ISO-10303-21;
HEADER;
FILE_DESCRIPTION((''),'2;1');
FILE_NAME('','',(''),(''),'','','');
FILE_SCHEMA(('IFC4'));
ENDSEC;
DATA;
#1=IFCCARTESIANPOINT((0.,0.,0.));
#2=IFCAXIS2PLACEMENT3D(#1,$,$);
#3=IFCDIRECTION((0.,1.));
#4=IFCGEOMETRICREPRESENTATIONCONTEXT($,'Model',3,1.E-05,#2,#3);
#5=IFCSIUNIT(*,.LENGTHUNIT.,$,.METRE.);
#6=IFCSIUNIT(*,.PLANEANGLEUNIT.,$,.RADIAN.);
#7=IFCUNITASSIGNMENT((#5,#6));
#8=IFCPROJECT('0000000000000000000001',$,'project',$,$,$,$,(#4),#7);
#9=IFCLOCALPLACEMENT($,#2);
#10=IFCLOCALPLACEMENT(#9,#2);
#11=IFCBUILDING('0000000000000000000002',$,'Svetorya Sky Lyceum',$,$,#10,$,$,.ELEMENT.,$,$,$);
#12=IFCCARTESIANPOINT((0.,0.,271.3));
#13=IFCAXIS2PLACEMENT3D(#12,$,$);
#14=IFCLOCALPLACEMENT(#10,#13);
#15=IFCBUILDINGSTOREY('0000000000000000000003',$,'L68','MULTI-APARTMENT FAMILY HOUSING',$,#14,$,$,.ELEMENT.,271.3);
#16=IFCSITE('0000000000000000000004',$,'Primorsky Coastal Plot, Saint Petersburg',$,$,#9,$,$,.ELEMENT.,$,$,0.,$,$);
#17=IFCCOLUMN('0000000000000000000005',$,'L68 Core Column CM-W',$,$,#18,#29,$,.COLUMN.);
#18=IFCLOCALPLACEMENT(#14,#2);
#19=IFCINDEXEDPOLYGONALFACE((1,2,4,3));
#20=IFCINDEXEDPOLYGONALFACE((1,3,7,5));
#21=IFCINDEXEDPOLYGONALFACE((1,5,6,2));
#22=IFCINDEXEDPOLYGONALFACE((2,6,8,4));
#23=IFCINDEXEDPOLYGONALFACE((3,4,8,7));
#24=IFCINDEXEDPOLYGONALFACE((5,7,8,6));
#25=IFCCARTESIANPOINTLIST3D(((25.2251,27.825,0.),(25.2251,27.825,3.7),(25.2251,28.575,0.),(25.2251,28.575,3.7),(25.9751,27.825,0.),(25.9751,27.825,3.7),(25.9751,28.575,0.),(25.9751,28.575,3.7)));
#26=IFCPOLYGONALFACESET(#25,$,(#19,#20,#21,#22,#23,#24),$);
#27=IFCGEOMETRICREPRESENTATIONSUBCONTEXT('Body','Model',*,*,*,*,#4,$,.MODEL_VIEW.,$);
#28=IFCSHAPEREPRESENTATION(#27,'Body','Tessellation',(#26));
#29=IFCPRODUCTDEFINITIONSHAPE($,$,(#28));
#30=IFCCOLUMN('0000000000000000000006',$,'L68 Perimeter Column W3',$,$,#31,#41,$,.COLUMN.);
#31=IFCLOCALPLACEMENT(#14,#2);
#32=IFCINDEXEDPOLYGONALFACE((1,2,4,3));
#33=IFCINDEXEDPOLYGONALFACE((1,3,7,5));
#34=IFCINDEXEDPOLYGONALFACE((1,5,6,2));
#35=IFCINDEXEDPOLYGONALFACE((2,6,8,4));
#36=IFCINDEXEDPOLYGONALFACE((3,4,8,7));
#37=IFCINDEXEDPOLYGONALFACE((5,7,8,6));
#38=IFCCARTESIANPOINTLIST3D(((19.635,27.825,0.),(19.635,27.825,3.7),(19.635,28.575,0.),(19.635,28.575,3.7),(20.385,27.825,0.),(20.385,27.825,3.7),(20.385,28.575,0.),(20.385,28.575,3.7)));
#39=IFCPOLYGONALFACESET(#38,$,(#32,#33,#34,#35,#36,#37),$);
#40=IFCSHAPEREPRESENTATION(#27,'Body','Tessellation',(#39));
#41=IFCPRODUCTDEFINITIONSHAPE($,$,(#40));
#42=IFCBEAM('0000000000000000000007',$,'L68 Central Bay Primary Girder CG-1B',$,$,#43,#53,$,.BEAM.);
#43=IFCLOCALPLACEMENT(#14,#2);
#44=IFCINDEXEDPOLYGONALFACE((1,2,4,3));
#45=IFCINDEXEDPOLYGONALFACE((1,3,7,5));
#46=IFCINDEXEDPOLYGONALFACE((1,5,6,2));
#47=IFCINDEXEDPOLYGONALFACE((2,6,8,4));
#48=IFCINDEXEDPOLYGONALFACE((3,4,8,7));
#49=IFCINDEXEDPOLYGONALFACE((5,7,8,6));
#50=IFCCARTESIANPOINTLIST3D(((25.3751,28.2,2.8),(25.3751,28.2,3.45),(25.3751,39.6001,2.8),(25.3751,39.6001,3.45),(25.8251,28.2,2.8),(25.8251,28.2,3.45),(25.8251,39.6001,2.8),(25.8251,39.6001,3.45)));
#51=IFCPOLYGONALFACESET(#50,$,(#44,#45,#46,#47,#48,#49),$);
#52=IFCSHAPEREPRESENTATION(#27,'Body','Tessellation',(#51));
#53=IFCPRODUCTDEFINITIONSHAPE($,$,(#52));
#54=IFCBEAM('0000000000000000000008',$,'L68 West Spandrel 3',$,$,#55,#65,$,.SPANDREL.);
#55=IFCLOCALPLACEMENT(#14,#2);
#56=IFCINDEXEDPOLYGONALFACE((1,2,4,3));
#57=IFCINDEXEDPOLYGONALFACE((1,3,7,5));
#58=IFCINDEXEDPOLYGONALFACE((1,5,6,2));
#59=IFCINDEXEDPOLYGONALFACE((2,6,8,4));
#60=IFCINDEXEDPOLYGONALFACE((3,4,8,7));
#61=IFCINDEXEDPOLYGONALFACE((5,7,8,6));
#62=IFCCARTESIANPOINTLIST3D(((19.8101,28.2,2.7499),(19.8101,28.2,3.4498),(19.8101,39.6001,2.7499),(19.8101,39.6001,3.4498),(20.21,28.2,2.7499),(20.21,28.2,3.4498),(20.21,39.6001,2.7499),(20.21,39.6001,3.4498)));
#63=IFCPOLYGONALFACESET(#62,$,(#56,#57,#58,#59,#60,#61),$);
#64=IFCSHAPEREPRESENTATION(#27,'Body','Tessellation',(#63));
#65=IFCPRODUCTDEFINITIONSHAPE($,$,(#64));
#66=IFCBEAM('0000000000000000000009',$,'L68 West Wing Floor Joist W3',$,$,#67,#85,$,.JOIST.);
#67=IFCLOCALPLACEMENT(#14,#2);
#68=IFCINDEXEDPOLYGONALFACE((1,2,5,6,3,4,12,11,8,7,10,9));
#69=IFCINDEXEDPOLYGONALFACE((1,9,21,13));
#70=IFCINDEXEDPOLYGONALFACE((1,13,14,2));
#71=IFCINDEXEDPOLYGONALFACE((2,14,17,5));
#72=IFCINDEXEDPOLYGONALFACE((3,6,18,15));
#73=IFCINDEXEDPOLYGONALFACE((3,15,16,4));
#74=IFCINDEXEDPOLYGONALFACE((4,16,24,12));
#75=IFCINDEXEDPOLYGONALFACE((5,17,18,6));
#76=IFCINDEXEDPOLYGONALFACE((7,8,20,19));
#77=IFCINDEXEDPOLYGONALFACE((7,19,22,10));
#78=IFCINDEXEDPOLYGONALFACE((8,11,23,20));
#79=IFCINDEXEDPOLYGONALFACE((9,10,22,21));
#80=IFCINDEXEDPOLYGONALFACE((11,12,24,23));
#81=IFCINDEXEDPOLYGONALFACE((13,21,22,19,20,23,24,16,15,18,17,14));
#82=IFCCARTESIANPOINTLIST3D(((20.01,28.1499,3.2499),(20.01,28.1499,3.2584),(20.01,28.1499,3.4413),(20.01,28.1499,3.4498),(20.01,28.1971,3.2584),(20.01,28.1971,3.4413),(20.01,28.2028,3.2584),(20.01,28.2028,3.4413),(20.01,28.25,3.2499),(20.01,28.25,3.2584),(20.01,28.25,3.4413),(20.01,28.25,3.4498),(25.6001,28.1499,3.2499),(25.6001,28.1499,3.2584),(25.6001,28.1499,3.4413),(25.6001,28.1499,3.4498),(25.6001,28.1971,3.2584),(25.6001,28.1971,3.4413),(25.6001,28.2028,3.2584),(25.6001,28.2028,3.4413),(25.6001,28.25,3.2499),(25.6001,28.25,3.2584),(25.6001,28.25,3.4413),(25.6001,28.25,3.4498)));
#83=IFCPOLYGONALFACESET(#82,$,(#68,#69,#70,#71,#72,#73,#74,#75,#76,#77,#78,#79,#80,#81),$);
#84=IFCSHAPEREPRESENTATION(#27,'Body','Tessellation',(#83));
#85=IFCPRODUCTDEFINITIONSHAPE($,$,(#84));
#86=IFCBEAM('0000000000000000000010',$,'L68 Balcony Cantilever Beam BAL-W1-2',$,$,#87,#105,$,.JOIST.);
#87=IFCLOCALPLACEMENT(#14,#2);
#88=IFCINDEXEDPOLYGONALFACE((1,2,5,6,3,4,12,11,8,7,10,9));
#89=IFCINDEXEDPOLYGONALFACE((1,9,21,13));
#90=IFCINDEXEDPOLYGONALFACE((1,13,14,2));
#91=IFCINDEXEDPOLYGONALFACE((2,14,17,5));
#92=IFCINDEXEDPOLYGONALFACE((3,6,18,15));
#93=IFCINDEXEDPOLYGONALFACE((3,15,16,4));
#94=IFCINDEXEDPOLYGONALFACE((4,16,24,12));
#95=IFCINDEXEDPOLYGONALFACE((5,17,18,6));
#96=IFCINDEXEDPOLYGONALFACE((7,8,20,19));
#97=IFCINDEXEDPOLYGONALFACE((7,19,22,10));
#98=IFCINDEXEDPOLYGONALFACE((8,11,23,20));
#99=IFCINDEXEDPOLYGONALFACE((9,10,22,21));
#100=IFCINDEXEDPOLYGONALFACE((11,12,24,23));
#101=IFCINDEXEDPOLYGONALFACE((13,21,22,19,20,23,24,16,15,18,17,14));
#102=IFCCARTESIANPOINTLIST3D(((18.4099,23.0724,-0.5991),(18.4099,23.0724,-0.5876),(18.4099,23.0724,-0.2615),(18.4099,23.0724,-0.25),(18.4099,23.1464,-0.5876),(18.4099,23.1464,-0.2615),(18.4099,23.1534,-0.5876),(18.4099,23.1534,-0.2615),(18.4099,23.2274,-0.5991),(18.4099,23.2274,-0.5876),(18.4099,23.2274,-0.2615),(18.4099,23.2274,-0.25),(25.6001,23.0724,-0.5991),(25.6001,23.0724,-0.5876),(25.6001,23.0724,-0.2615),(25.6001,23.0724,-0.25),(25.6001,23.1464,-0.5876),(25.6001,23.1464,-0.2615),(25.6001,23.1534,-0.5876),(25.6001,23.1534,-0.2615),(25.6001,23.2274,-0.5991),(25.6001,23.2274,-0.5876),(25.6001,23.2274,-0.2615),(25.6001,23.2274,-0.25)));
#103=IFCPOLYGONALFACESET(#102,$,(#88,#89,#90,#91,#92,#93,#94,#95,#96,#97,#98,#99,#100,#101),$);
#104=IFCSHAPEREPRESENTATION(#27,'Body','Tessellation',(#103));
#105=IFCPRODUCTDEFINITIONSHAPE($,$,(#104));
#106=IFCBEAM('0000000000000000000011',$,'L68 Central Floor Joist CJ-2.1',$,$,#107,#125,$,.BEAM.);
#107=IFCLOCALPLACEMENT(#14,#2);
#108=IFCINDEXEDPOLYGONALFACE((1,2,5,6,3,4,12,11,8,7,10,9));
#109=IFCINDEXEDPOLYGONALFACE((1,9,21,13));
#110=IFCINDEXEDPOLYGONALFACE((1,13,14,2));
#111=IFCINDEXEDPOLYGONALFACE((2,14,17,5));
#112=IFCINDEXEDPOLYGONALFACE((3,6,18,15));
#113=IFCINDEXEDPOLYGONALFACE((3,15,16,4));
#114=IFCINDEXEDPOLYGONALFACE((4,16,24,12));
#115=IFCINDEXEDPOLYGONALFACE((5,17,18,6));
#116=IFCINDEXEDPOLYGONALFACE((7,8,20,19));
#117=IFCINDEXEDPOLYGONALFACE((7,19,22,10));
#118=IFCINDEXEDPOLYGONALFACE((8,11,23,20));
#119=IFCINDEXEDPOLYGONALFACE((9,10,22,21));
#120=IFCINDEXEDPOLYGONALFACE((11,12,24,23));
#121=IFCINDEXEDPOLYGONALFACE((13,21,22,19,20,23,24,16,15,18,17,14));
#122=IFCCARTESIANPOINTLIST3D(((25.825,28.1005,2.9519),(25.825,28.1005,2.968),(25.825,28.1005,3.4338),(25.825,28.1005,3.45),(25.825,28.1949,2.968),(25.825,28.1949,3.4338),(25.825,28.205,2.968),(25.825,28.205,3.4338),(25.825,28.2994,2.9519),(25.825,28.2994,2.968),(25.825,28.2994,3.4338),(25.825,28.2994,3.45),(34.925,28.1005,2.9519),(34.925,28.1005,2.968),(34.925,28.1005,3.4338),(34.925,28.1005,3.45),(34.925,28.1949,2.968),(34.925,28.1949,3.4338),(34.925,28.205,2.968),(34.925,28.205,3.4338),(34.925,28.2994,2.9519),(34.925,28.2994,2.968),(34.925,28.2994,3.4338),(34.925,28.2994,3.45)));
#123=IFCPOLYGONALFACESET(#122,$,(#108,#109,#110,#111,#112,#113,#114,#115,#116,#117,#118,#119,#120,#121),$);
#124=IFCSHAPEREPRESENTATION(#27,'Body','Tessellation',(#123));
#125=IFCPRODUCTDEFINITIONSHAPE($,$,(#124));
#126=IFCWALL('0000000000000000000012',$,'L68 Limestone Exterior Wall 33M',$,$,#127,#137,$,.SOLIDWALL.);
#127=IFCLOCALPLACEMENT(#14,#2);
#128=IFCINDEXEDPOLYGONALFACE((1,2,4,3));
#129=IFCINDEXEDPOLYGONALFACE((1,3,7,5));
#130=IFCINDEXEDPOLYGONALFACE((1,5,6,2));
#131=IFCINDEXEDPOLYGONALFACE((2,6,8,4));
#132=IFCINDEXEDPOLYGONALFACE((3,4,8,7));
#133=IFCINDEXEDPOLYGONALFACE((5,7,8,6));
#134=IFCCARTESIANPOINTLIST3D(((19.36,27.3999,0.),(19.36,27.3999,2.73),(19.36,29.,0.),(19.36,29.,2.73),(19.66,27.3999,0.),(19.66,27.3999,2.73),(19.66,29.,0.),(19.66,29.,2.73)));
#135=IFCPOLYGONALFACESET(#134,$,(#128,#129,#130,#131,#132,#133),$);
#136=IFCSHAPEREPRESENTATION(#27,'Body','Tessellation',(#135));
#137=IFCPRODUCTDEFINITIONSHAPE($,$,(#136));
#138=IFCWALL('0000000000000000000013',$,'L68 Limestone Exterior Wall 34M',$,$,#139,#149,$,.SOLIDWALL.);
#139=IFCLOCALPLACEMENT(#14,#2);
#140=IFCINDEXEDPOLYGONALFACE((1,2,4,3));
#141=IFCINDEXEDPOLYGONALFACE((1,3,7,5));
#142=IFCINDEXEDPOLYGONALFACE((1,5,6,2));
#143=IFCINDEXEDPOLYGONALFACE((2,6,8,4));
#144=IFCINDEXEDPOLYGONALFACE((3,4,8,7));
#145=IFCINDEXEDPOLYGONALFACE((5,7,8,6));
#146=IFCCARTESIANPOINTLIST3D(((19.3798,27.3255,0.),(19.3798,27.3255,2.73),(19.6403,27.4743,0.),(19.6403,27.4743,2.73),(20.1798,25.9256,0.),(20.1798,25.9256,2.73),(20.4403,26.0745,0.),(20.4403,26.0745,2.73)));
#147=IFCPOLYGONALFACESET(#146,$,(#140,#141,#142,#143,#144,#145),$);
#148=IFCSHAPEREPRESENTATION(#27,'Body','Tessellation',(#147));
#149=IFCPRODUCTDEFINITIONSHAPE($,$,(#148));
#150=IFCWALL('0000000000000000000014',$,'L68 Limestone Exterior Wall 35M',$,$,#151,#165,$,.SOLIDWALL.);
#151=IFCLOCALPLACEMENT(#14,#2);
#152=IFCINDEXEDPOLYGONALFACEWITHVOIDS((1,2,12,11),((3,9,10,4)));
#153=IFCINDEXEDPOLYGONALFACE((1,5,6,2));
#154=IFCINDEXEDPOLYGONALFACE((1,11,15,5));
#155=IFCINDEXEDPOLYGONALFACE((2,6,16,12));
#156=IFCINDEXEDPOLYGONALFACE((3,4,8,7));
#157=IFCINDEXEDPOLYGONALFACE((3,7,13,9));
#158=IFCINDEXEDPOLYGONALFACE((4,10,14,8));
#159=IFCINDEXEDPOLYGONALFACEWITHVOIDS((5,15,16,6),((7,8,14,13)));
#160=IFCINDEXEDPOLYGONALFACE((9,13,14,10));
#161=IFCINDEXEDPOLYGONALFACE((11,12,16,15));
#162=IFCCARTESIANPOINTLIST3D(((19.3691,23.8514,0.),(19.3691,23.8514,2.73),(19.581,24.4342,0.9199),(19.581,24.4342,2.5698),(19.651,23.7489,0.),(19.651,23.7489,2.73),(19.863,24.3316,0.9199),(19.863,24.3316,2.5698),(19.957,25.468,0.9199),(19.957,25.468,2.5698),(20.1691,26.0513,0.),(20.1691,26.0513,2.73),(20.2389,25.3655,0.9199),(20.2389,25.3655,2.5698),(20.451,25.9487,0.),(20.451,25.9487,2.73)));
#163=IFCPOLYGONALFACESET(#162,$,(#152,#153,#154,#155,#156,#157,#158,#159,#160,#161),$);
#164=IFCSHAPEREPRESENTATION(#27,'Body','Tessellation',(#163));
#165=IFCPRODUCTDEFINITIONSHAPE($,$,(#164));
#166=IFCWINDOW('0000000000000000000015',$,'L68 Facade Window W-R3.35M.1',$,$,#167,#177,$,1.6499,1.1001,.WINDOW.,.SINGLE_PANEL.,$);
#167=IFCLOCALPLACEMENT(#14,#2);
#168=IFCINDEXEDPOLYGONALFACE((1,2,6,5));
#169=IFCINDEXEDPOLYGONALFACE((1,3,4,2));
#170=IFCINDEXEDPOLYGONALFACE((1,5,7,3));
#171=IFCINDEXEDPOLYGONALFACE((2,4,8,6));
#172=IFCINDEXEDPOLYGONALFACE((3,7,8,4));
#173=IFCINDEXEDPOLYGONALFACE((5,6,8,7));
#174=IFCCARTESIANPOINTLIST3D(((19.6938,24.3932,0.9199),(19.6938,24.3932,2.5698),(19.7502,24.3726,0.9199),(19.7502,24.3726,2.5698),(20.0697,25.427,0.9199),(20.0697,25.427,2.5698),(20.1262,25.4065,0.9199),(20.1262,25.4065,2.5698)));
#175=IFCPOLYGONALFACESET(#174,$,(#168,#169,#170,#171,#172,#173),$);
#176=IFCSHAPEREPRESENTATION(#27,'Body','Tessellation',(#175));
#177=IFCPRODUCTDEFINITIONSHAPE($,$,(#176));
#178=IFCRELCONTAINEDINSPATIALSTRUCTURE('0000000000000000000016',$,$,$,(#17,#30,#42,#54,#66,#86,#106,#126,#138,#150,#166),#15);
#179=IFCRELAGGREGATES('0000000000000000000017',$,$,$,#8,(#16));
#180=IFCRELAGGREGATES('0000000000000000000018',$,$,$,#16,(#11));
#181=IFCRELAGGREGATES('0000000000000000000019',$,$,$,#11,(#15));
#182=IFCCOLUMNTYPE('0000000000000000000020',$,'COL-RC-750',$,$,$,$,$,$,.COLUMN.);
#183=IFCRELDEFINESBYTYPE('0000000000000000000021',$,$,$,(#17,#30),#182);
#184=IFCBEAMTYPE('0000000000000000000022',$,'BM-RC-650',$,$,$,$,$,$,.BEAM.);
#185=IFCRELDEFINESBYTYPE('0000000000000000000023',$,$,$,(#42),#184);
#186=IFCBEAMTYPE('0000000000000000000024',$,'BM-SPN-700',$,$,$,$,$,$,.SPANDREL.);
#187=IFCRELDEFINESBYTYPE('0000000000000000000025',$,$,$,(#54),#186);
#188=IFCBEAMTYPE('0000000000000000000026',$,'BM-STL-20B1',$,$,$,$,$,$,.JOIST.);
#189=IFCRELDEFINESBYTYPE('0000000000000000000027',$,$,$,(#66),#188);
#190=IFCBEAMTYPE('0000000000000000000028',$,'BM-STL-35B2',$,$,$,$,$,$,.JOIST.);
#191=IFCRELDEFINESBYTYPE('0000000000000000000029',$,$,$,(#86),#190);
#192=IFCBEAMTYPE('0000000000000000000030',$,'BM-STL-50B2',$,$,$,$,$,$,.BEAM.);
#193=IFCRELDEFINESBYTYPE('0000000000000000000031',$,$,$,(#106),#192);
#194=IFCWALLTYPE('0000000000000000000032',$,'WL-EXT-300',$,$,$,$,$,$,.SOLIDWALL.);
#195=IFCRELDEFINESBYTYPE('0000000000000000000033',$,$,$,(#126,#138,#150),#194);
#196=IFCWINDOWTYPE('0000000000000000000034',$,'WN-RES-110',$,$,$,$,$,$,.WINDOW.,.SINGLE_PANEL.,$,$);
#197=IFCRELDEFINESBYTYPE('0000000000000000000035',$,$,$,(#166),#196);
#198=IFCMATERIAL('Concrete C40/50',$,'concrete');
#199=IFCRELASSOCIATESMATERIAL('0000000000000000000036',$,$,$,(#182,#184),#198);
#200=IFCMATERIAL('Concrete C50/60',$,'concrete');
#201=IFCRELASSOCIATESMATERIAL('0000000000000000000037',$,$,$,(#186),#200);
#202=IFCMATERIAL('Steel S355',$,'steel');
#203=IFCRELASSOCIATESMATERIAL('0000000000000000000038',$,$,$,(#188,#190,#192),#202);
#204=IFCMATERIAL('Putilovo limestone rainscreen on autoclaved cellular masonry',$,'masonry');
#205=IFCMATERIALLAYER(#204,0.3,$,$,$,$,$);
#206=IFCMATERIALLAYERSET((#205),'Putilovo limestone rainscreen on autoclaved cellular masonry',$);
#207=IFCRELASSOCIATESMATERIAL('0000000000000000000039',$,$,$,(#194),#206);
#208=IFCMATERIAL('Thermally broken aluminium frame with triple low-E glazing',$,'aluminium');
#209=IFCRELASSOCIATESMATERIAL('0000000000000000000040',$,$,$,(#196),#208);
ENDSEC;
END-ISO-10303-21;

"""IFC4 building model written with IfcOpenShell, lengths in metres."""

from ifc_helpers import new_model, si_unit, direction, frame, frame_2d, origin, origin_2d, place, context, subcontext, project, spatial, rectangle, i_section, extrude, material, layer, layer_set, material_profile, profile_set, type_object, element, fill, save


model = new_model("IFC4")

# Units and contexts
model_context = context("Model", 3, precision=1e-05, world=origin(), true_north=direction((0.0, 1.0)))
body_context = subcontext(model_context, "Body", "Model", "MODEL_VIEW")
ifc_project = project(units=[si_unit("LENGTHUNIT", "METRE"), si_unit("PLANEANGLEUNIT", "RADIAN")], contexts=[model_context])

# Site, building, storey
site_placement = place(None, origin())
site = spatial("IfcSite", under=ifc_project, at=site_placement, Name="Primorsky Coastal Plot, Saint Petersburg", CompositionType="ELEMENT", RefElevation=0.0)
building_placement = place(site_placement, origin())
building = spatial("IfcBuilding", under=site, at=building_placement, Name="Svetorya Sky Lyceum", CompositionType="ELEMENT")
storey_placement = place(building_placement, frame((0.0, 0.0, 271.3)))
storey = spatial("IfcBuildingStorey", under=building, at=storey_placement, Name="L68", Description="MULTI-APARTMENT FAMILY HOUSING", CompositionType="ELEMENT", Elevation=271.3)

# Columns
ifc_material_1 = material(Name="Concrete C40/50", Category="concrete")
ifc_material_profile_1 = material_profile(ifc_material_1, rectangle(XDim=0.75, YDim=0.75, at=origin_2d()), Name="RC COL 750x750")
ifc_profile_set_1 = profile_set([ifc_material_profile_1], Name="Concrete C40/50")
column_type = type_object("IfcColumnType", Name="COL-RC-750", PredefinedType="COLUMN", material=ifc_profile_set_1)
for number, where, z_axis, x_axis, name in (
    (1, (25.6001, 28.2, 0.0), (0.0, 0.0, 1.0), (1.0, 0.0, 0.0), "L68 Core Column CM-W"),
    (2, (20.01, 28.2, 0.0), (0.0, 0.0, 1.0), (1.0, 0.0, 0.0), "L68 Perimeter Column W3"),
):
    element("IfcColumn", number, at=place(storey_placement, frame(where, z_axis=z_axis, x_axis=x_axis)), inside=storey, type_object=column_type, Name=name, PredefinedType="COLUMN", context=body_context, shape_type="SweptSolid", body=[
        extrude(rectangle(XDim=0.75, YDim=0.75, at=origin_2d()), origin(), (0.0, 0.0, 1.0), 3.7),
    ])

# Beams
ifc_material_profile_2 = material_profile(ifc_material_1, rectangle(XDim=0.45, YDim=0.6499, at=origin_2d()), Name="RC BEAM 450x650")
ifc_profile_set_2 = profile_set([ifc_material_profile_2], Name="Concrete C40/50")
beam_type_1 = type_object("IfcBeamType", Name="BM-RC-650", PredefinedType="BEAM", material=ifc_profile_set_2)
beam_1_placement = place(storey_placement, frame((25.6001, 28.2, 3.125), z_axis=(0.0, 1.0, 0.0), x_axis=(-1.0, 0.0, 0.0)))
element("IfcBeam", 3, at=beam_1_placement, inside=storey, type_object=beam_type_1, Name="L68 Central Bay Primary Girder CG-1B", PredefinedType="BEAM", context=body_context, shape_type="SweptSolid", body=[
    extrude(rectangle(XDim=0.45, YDim=0.6499, at=origin_2d()), origin(), (0.0, 0.0, 1.0), 11.4001),
])
ifc_material_2 = material(Name="Concrete C50/60", Category="concrete")
ifc_material_profile_3 = material_profile(ifc_material_2, rectangle(XDim=0.3999, YDim=0.7, at=origin_2d()), Name="RC SPANDREL 400x700")
ifc_profile_set_3 = profile_set([ifc_material_profile_3], Name="Concrete C50/60")
beam_type_2 = type_object("IfcBeamType", Name="BM-SPN-700", PredefinedType="SPANDREL", material=ifc_profile_set_3)
beam_2_placement = place(storey_placement, frame((20.01, 28.2, 3.0999), z_axis=(0.0, 1.0, 0.0), x_axis=(-1.0, 0.0, 0.0)))
element("IfcBeam", 4, at=beam_2_placement, inside=storey, type_object=beam_type_2, Name="L68 West Spandrel 3", PredefinedType="SPANDREL", context=body_context, shape_type="SweptSolid", body=[
    extrude(rectangle(XDim=0.3999, YDim=0.7, at=origin_2d()), origin(), (0.0, 0.0, 1.0), 11.4001),
])
ifc_material_3 = material(Name="Steel S355", Category="steel")
ifc_material_profile_4 = material_profile(ifc_material_3, i_section(OverallWidth=0.1001, OverallDepth=0.2, WebThickness=0.0056, FlangeThickness=0.0085, at=origin_2d()), Name="GOST 20B1")
ifc_profile_set_4 = profile_set([ifc_material_profile_4], Name="Steel S355")
beam_type_3 = type_object("IfcBeamType", Name="BM-STL-20B1", PredefinedType="JOIST", material=ifc_profile_set_4)
beam_3_placement = place(storey_placement, frame((20.01, 28.2, 3.3499), z_axis=(1.0, 0.0, 0.0), x_axis=(0.0, 1.0, 0.0)))
element("IfcBeam", 5, at=beam_3_placement, inside=storey, type_object=beam_type_3, Name="L68 West Wing Floor Joist W3", PredefinedType="JOIST", context=body_context, shape_type="SweptSolid", body=[
    extrude(i_section(OverallWidth=0.1001, OverallDepth=0.2, WebThickness=0.0056, FlangeThickness=0.0085, at=origin_2d()), origin(), (0.0, 0.0, 1.0), 5.5901),
])
ifc_material_profile_5 = material_profile(ifc_material_3, i_section(OverallWidth=0.155, OverallDepth=0.3491, WebThickness=0.0071, FlangeThickness=0.0115, at=origin_2d()), Name="GOST 35B2")
ifc_profile_set_5 = profile_set([ifc_material_profile_5], Name="Steel S355")
beam_type_4 = type_object("IfcBeamType", Name="BM-STL-35B2", PredefinedType="JOIST", material=ifc_profile_set_5)
beam_4_placement = place(storey_placement, frame((25.6001, 23.1499, -0.4246), z_axis=(-1.0, 0.0, 0.0), x_axis=(0.0, -1.0, 0.0)))
element("IfcBeam", 6, at=beam_4_placement, inside=storey, type_object=beam_type_4, Name="L68 Balcony Cantilever Beam BAL-W1-2", PredefinedType="JOIST", context=body_context, shape_type="SweptSolid", body=[
    extrude(i_section(OverallWidth=0.155, OverallDepth=0.3491, WebThickness=0.0071, FlangeThickness=0.0115, at=origin_2d()), origin(), (0.0, 0.0, 1.0), 7.1902),
])
ifc_material_profile_6 = material_profile(ifc_material_3, i_section(OverallWidth=0.199, OverallDepth=0.498, WebThickness=0.01, FlangeThickness=0.0161, at=origin_2d()), Name="GOST 50B2")
ifc_profile_set_6 = profile_set([ifc_material_profile_6], Name="Steel S355")
beam_type_5 = type_object("IfcBeamType", Name="BM-STL-50B2", PredefinedType="BEAM", material=ifc_profile_set_6)
beam_5_placement = place(storey_placement, frame((25.825, 28.2, 3.2009), z_axis=(1.0, 0.0, 0.0), x_axis=(0.0, 1.0, 0.0)))
element("IfcBeam", 7, at=beam_5_placement, inside=storey, type_object=beam_type_5, Name="L68 Central Floor Joist CJ-2.1", PredefinedType="BEAM", context=body_context, shape_type="SweptSolid", body=[
    extrude(i_section(OverallWidth=0.199, OverallDepth=0.498, WebThickness=0.01, FlangeThickness=0.0161, at=origin_2d()), origin(), (0.0, 0.0, 1.0), 9.1001),
])

# Walls
ifc_material_4 = material(Name="Putilovo limestone rainscreen on autoclaved cellular masonry", Category="masonry")
ifc_layer_1 = layer(ifc_material_4, 0.3)
ifc_layer_set_1 = layer_set([ifc_layer_1], Name="Putilovo limestone rainscreen on autoclaved cellular masonry")
wall_type_1 = type_object("IfcWallType", Name="WL-EXT-300", PredefinedType="SOLIDWALL", material=ifc_layer_set_1)
wall_1_placement = place(storey_placement, frame((19.51, 29.0, 0.0), z_axis=(0.0, 0.0, 1.0), x_axis=(0.0, -1.0, 0.0)))
element("IfcWall", 8, at=wall_1_placement, inside=storey, type_object=wall_type_1, Name="L68 Limestone Exterior Wall 33M", PredefinedType="SOLIDWALL", context=body_context, shape_type="SweptSolid", body=[
    extrude(rectangle(XDim=1.6001, YDim=0.3, at=frame_2d((0.8, 0.0))), origin(), (0.0, 0.0, 1.0), 2.73),
])
wall_2_placement = place(storey_placement, frame((19.51, 27.3999, 0.0), z_axis=(0.0, 0.0, 1.0), x_axis=(0.496188, -0.868215, 0.0)))
element("IfcWall", 9, at=wall_2_placement, inside=storey, type_object=wall_type_1, Name="L68 Limestone Exterior Wall 34M", PredefinedType="SOLIDWALL", context=body_context, shape_type="SweptSolid", body=[
    extrude(rectangle(XDim=1.6123, YDim=0.3, at=frame_2d((0.8062, 0.0))), origin(), (0.0, 0.0, 1.0), 2.73),
])

# Wall, opening, window
wall_3_placement = place(storey_placement, frame((20.3101, 26.0, 0.0), z_axis=(0.0, 0.0, 1.0), x_axis=(-0.341768, -0.939784, 0.0)))
wall_3 = element("IfcWall", 10, at=wall_3_placement, inside=storey, type_object=wall_type_1, Name="L68 Limestone Exterior Wall 35M", PredefinedType="SOLIDWALL", context=body_context, shape_type="SweptSolid", body=[
    extrude(rectangle(XDim=2.3408, YDim=0.3, at=frame_2d((1.1704, 0.0))), origin(), (0.0, 0.0, 1.0), 2.73),
])
opening_1_placement = place(wall_3_placement, frame((0.6206, 0.0, 0.9199)))
opening_1 = element("IfcOpeningElement", 11, at=opening_1_placement, cuts=wall_3, PredefinedType="OPENING", context=body_context, shape_type="SweptSolid", body=[
    extrude(rectangle(XDim=1.1001, YDim=1.6499, at=frame_2d((0.55, 0.825))), frame((0.0, 0.1599, 0.0), z_axis=(0.0, -1.0, 0.0), x_axis=(1.0, 0.0, 0.0)), (0.0, 0.0, 1.0), 0.3201),
])
ifc_material_5 = material(Name="Thermally broken aluminium frame with triple low-E glazing", Category="aluminium")
window_type = type_object("IfcWindowType", Name="WN-RES-110", PartitioningType="SINGLE_PANEL", PredefinedType="WINDOW", material=ifc_material_5)
window_1_placement = place(opening_1_placement, origin())
window_1 = element("IfcWindow", 12, at=window_1_placement, inside=storey, type_object=window_type, Name="L68 Facade Window W-R3.35M.1", OverallHeight=1.6499, OverallWidth=1.1001, PartitioningType="SINGLE_PANEL", PredefinedType="WINDOW", context=body_context, shape_type="SweptSolid", body=[
    extrude(rectangle(XDim=1.1001, YDim=1.6499, at=frame_2d((0.55, 0.825))), frame((0.0, 0.03, 0.0), z_axis=(0.0, -1.0, 0.0), x_axis=(1.0, 0.0, 0.0)), (0.0, 0.0, 1.0), 0.0601),
])
fill(opening_1, window_1)

save(model, "model.ifc")
